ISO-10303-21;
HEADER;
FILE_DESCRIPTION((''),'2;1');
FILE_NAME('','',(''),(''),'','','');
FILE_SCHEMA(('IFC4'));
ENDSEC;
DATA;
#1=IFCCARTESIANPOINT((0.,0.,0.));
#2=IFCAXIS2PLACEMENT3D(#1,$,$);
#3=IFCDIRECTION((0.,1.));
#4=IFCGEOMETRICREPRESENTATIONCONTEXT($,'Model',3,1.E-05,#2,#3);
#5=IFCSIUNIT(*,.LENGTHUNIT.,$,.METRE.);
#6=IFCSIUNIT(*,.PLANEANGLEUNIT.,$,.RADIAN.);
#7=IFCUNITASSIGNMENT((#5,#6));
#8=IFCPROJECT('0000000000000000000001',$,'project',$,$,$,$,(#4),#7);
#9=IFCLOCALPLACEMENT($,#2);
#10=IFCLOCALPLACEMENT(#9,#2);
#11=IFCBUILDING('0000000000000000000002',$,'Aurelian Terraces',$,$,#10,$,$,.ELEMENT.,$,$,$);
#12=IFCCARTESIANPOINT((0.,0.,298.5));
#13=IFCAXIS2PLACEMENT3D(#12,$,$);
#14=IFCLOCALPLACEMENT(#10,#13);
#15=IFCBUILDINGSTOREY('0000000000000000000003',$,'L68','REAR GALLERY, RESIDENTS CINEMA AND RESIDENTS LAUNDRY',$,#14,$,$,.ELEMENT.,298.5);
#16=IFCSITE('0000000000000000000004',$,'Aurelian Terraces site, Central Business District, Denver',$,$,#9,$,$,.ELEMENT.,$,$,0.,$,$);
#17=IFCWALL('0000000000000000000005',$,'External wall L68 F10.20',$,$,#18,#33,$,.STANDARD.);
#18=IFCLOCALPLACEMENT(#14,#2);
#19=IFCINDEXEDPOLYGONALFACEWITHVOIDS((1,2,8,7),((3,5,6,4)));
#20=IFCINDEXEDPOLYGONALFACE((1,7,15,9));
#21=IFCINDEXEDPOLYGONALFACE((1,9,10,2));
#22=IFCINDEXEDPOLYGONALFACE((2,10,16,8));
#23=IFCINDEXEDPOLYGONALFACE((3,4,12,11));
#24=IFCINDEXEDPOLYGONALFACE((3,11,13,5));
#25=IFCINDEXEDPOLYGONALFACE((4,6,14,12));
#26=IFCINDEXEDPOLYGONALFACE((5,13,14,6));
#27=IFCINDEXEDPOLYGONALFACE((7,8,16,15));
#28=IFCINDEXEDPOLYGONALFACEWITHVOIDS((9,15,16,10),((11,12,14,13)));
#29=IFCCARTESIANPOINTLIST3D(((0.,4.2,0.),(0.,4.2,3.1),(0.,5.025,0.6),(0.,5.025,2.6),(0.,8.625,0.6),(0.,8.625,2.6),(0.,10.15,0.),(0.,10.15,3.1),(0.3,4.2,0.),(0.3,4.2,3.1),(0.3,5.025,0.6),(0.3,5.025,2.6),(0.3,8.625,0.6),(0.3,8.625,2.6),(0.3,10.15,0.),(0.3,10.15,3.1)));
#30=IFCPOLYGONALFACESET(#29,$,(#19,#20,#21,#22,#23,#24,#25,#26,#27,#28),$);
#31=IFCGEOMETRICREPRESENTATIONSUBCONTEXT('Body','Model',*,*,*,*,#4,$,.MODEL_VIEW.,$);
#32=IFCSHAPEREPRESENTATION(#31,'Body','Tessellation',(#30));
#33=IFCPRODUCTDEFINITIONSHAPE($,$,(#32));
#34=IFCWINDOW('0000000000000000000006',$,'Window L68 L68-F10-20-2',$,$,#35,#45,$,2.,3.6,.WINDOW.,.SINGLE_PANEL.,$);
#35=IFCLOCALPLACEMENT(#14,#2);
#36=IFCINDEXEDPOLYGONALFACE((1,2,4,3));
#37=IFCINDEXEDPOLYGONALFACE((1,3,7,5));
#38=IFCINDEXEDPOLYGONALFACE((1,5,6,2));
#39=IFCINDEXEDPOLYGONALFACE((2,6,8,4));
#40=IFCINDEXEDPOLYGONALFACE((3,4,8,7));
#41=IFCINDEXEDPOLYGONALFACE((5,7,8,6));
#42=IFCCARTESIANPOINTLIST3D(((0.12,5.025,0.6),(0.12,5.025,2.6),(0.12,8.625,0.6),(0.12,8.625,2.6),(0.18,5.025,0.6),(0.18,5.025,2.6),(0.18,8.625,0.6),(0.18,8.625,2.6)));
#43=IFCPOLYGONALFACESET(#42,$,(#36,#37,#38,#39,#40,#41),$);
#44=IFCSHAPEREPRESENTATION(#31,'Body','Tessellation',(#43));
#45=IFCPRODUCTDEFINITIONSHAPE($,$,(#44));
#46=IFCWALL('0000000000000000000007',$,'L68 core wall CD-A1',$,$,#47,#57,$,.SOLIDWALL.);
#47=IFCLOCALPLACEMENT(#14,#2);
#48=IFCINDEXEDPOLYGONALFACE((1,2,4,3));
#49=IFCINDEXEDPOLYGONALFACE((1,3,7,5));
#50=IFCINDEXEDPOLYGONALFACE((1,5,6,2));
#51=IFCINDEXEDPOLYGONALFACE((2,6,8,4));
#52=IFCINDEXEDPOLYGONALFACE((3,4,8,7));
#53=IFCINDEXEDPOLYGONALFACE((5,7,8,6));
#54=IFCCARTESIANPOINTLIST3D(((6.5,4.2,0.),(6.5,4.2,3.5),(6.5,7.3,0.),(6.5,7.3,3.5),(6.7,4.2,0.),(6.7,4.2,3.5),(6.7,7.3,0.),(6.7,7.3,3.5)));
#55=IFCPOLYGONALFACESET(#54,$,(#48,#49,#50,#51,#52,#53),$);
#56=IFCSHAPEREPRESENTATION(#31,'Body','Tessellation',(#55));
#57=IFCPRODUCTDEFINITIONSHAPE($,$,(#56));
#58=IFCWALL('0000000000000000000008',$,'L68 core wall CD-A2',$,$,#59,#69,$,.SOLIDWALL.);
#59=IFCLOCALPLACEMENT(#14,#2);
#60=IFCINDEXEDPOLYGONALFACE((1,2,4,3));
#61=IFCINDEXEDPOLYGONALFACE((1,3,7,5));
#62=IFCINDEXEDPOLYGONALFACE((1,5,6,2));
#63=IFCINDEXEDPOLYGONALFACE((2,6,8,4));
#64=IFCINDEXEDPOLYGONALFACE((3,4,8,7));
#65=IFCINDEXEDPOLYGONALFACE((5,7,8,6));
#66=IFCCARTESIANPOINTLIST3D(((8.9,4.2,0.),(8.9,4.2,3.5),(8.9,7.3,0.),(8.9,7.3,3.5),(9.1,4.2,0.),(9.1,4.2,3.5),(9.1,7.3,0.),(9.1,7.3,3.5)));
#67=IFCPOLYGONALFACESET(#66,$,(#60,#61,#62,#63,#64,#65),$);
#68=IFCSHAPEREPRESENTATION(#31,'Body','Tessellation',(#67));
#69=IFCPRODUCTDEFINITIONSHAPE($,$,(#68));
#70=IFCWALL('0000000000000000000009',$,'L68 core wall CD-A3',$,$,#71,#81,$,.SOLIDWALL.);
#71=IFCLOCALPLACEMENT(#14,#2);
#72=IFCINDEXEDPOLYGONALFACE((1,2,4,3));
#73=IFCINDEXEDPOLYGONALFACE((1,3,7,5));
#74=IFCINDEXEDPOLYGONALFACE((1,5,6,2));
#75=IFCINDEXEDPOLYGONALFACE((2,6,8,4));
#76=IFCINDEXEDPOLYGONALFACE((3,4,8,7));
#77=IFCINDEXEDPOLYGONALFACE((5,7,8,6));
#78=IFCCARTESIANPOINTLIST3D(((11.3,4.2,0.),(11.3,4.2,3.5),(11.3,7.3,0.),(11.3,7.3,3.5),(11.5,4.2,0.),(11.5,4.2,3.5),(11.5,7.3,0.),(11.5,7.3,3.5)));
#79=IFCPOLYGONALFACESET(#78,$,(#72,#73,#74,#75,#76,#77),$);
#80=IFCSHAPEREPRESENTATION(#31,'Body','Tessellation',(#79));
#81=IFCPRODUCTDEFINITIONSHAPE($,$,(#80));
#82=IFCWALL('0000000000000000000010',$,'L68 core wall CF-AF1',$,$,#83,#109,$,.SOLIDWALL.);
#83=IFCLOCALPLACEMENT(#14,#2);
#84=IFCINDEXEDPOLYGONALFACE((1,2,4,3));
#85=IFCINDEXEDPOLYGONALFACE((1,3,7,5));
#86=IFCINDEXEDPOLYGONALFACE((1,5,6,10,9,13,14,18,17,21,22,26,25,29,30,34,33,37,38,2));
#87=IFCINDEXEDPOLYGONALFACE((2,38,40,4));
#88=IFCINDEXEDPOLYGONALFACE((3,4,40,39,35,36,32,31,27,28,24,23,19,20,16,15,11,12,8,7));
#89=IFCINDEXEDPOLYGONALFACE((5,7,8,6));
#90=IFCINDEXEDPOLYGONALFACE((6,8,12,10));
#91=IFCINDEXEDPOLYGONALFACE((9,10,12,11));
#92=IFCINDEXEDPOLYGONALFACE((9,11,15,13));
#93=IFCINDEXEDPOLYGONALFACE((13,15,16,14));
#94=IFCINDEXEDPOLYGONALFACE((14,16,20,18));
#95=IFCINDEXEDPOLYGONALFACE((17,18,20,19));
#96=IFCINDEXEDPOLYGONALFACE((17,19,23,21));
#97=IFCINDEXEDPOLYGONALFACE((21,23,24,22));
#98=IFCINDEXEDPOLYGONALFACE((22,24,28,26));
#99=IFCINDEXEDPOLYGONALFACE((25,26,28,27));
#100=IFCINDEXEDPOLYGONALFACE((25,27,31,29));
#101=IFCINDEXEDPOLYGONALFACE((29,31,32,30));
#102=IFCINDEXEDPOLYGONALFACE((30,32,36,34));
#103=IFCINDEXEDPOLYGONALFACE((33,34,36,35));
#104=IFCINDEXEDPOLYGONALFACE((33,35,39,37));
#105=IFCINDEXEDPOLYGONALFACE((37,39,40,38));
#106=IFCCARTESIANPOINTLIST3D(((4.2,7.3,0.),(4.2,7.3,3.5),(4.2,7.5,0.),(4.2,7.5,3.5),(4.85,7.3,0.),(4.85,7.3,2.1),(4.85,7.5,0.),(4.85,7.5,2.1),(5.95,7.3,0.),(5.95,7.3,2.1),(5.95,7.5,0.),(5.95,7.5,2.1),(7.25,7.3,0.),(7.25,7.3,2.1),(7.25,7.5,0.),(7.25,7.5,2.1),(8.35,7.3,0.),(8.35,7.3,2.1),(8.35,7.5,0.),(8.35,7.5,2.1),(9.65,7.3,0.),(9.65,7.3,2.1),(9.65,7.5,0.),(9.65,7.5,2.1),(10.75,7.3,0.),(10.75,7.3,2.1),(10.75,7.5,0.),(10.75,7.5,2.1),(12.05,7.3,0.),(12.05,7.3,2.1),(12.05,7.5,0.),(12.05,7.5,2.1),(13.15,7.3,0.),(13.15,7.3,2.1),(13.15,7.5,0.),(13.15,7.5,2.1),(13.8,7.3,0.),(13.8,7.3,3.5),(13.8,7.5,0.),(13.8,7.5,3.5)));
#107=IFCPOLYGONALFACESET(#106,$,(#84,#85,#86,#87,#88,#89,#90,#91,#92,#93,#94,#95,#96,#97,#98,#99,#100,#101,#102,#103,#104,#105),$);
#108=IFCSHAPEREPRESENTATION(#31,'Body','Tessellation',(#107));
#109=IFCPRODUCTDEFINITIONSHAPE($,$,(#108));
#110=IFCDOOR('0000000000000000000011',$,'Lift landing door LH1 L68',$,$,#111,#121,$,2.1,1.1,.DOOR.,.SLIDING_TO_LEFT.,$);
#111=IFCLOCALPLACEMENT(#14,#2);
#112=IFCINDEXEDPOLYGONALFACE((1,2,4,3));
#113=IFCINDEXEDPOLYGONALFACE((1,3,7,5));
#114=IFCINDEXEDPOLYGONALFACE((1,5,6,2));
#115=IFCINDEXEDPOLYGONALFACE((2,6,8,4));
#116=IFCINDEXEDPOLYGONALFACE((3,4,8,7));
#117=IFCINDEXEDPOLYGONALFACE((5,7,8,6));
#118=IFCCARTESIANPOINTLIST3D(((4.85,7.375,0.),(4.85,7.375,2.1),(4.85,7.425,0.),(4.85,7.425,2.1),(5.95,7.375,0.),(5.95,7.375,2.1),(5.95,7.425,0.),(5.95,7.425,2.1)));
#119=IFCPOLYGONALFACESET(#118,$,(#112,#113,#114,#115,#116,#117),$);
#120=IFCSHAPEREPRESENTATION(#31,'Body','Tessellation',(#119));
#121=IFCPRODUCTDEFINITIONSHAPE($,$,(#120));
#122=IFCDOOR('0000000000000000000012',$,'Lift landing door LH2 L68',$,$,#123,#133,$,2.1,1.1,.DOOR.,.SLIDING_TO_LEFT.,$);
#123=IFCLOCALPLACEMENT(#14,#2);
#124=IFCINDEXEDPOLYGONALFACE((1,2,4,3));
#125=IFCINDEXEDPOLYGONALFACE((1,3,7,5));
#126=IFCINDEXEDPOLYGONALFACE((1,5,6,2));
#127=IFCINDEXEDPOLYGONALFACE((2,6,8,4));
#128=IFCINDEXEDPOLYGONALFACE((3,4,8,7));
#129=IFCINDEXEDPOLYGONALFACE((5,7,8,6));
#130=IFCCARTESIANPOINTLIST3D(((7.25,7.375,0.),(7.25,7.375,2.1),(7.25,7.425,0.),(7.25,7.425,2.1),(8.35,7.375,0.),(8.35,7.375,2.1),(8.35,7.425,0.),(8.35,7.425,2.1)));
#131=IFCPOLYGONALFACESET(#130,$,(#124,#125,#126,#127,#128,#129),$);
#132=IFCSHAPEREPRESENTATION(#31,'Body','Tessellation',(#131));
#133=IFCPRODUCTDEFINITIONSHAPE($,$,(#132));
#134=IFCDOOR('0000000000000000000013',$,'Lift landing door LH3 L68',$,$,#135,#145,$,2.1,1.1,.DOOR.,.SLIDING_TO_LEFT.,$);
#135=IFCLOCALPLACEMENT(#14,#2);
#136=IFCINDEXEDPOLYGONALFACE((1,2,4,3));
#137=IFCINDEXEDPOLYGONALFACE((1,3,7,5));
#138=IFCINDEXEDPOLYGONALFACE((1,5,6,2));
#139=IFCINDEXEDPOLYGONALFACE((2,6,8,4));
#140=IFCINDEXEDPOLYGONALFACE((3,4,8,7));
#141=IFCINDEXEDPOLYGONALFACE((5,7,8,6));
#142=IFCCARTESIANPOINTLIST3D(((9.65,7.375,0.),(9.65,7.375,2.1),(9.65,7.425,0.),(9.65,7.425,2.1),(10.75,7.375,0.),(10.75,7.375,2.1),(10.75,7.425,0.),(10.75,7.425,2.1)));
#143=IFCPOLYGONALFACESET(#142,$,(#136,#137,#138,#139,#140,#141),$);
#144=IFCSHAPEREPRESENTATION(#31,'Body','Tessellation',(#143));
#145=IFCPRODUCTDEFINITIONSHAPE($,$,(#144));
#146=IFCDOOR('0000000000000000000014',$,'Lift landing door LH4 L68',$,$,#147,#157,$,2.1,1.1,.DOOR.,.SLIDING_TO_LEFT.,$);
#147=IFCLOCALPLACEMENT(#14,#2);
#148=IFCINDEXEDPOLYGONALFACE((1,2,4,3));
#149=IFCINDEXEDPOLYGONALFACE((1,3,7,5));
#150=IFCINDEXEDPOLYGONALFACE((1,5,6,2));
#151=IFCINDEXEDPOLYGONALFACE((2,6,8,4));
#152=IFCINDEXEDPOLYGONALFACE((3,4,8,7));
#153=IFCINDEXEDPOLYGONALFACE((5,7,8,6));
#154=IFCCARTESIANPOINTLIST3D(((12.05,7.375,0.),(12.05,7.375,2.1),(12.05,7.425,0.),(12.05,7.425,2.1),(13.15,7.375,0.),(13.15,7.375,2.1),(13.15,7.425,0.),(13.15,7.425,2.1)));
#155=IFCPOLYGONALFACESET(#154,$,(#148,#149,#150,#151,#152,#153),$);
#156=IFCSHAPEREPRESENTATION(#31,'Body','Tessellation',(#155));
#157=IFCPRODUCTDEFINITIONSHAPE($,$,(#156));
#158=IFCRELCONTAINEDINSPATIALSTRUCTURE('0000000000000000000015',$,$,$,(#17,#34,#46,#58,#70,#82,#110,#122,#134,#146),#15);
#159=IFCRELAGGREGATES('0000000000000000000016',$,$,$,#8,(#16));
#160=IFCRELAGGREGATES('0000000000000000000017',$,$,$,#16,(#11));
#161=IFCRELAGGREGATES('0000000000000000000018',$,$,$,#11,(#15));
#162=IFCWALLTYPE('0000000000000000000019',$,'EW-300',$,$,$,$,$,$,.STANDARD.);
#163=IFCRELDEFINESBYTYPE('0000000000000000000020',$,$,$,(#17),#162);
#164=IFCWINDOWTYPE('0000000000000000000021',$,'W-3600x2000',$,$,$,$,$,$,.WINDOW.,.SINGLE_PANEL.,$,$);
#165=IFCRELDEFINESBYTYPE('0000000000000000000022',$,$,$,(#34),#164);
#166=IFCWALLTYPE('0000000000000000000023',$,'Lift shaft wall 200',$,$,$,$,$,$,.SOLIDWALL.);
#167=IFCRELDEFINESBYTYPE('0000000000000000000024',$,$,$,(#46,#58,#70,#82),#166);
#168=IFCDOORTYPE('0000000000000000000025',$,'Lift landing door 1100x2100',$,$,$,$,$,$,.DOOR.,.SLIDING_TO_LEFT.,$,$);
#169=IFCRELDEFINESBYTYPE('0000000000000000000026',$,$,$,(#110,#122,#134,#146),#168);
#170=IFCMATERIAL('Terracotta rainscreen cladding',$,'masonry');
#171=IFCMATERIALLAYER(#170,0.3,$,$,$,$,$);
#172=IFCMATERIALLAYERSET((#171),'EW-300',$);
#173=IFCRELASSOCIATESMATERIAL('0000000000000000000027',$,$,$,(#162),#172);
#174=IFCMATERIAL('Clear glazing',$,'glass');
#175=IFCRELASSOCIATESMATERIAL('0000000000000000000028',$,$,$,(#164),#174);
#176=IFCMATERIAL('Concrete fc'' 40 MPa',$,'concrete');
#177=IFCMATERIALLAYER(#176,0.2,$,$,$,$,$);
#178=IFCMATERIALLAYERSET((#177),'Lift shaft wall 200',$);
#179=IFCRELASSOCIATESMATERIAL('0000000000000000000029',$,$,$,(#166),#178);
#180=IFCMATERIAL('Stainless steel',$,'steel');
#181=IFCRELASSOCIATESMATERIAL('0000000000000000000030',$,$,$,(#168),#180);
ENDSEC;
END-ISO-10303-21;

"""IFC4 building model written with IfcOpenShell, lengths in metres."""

from ifc_helpers import new_model, si_unit, direction, frame, frame_2d, origin, place, context, subcontext, project, spatial, rectangle, extrude, source, transform, mapped, material, layer, layer_set, type_object, element, fill, save


model = new_model("IFC4")

# Units and contexts
model_context = context("Model", 3, precision=1e-05, world=origin(), true_north=direction((0.0, 1.0)))
body_context = subcontext(model_context, "Body", "Model", "MODEL_VIEW")
ifc_project = project(units=[si_unit("LENGTHUNIT", "METRE"), si_unit("PLANEANGLEUNIT", "RADIAN")], contexts=[model_context])

# Site, building, storey
site_placement = place(None, origin())
site = spatial("IfcSite", under=ifc_project, at=site_placement, Name="Aurelian Terraces site, Central Business District, Denver", CompositionType="ELEMENT", RefElevation=0.0)
building_placement = place(site_placement, origin())
building = spatial("IfcBuilding", under=site, at=building_placement, Name="Aurelian Terraces", CompositionType="ELEMENT")
storey_placement = place(building_placement, frame((0.0, 0.0, 298.5)))
storey = spatial("IfcBuildingStorey", under=building, at=storey_placement, Name="L68", Description="REAR GALLERY, RESIDENTS CINEMA AND RESIDENTS LAUNDRY", CompositionType="ELEMENT", Elevation=298.5)

# Wall, opening, window
ifc_material_1 = material(Name="Terracotta rainscreen cladding", Category="masonry")
ifc_layer_1 = layer(ifc_material_1, 0.3)
ifc_layer_set_1 = layer_set([ifc_layer_1], Name="EW-300")
wall_type_1 = type_object("IfcWallType", Name="EW-300", PredefinedType="STANDARD", material=ifc_layer_set_1)
ifc_material_2 = material(Name="Clear glazing", Category="glass")
shared_shape_1 = source(origin(), body_context, "Body", "SweptSolid", [
    extrude(rectangle(XDim=5.95, YDim=0.3, at=frame_2d((2.975, 0.0))), origin(), (0.0, 0.0, 1.0), 3.1),
])
wall_1_placement = place(storey_placement, frame((0.15, 10.15, 0.0), z_axis=(0.0, 0.0, 1.0), x_axis=(0.0, -1.0, 0.0)))
wall_1 = element("IfcWall", 1, at=wall_1_placement, inside=storey, type_object=wall_type_1, Name="External wall L68 F10.20", PredefinedType="STANDARD", context=body_context, shape_type="MappedRepresentation", body=[
    mapped(shared_shape_1, transform((0.0, 0.0, 0.0), scale=1.0)),
])
shared_shape_2 = source(origin(), body_context, "Body", "SweptSolid", [
    extrude(rectangle(XDim=3.6, YDim=2.0, at=frame_2d((1.8, 1.0))), frame((0.0, 0.16, 0.0), z_axis=(0.0, -1.0, 0.0), x_axis=(1.0, 0.0, 0.0)), (0.0, 0.0, 1.0), 0.32),
])
opening_1_placement = place(wall_1_placement, frame((1.525, 0.0, 0.6)))
opening_1 = element("IfcOpeningElement", 2, at=opening_1_placement, cuts=wall_1, PredefinedType="OPENING", context=body_context, shape_type="MappedRepresentation", body=[
    mapped(shared_shape_2, transform((0.0, 0.0, 0.0), scale=1.0)),
])
window_type_1 = type_object("IfcWindowType", Name="W-3600x2000", PartitioningType="SINGLE_PANEL", PredefinedType="WINDOW", material=ifc_material_2)
shared_shape_3 = source(origin(), body_context, "Body", "SweptSolid", [
    extrude(rectangle(XDim=3.6, YDim=2.0, at=frame_2d((1.8, 1.0))), frame((0.0, 0.03, 0.0), z_axis=(0.0, -1.0, 0.0), x_axis=(1.0, 0.0, 0.0)), (0.0, 0.0, 1.0), 0.06),
])
window_1_placement = place(opening_1_placement, origin())
window_1 = element("IfcWindow", 3, at=window_1_placement, inside=storey, type_object=window_type_1, Name="Window L68 L68-F10-20-2", OverallHeight=2.0, OverallWidth=3.6, PartitioningType="SINGLE_PANEL", PredefinedType="WINDOW", context=body_context, shape_type="MappedRepresentation", body=[
    mapped(shared_shape_3, transform((0.0, 0.0, 0.0), scale=1.0)),
])
fill(opening_1, window_1)

# Walls
ifc_material_3 = material(Name="Concrete fc' 40 MPa", Category="concrete")
ifc_layer_2 = layer(ifc_material_3, 0.2)
ifc_layer_set_2 = layer_set([ifc_layer_2], Name="Lift shaft wall 200")
wall_type_2 = type_object("IfcWallType", Name="Lift shaft wall 200", PredefinedType="SOLIDWALL", material=ifc_layer_set_2)
shared_shape_4 = source(origin(), body_context, "Body", "SweptSolid", [
    extrude(rectangle(XDim=3.1, YDim=0.2, at=frame_2d((1.55, 0.0))), origin(), (0.0, 0.0, 1.0), 3.5),
])
for number, where, z_axis, x_axis, name in (
    (4, (6.6, 4.2, 0.0), (0.0, 0.0, 1.0), (0.0, 1.0, 0.0), "L68 core wall CD-A1"),
    (5, (9.0, 4.2, 0.0), (0.0, 0.0, 1.0), (0.0, 1.0, 0.0), "L68 core wall CD-A2"),
    (6, (11.4, 4.2, 0.0), (0.0, 0.0, 1.0), (0.0, 1.0, 0.0), "L68 core wall CD-A3"),
):
    element("IfcWall", number, at=place(storey_placement, frame(where, z_axis=z_axis, x_axis=x_axis)), inside=storey, type_object=wall_type_2, Name=name, PredefinedType="SOLIDWALL", context=body_context, shape_type="MappedRepresentation", body=[
        mapped(shared_shape_4, transform((0.0, 0.0, 0.0), scale=1.0)),
    ])

# Wall, openings, doors
shared_shape_5 = source(origin(), body_context, "Body", "SweptSolid", [
    extrude(rectangle(XDim=9.6, YDim=0.2, at=frame_2d((4.8, 0.0))), origin(), (0.0, 0.0, 1.0), 3.5),
])
wall_2_placement = place(storey_placement, frame((4.2, 7.4, 0.0), z_axis=(0.0, 0.0, 1.0), x_axis=(1.0, 0.0, 0.0)))
wall_2 = element("IfcWall", 7, at=wall_2_placement, inside=storey, type_object=wall_type_2, Name="L68 core wall CF-AF1", PredefinedType="SOLIDWALL", context=body_context, shape_type="MappedRepresentation", body=[
    mapped(shared_shape_5, transform((0.0, 0.0, 0.0), scale=1.0)),
])
shared_shape_6 = source(origin(), body_context, "Body", "SweptSolid", [
    extrude(rectangle(XDim=1.1, YDim=2.1, at=frame_2d((0.55, 1.05))), frame((0.0, 0.11, 0.0), z_axis=(0.0, -1.0, 0.0), x_axis=(1.0, 0.0, 0.0)), (0.0, 0.0, 1.0), 0.22),
])
opening_2_placement = place(wall_2_placement, frame((0.65, 0.0, 0.0)))
opening_2 = element("IfcOpeningElement", 8, at=opening_2_placement, cuts=wall_2, PredefinedType="OPENING", context=body_context, shape_type="MappedRepresentation", body=[
    mapped(shared_shape_6, transform((0.0, 0.0, 0.0), scale=1.0)),
])
opening_3_placement = place(wall_2_placement, frame((3.05, 0.0, 0.0)))
opening_3 = element("IfcOpeningElement", 9, at=opening_3_placement, cuts=wall_2, PredefinedType="OPENING", context=body_context, shape_type="MappedRepresentation", body=[
    mapped(shared_shape_6, transform((0.0, 0.0, 0.0), scale=1.0)),
])
opening_4_placement = place(wall_2_placement, frame((5.45, 0.0, 0.0)))
opening_4 = element("IfcOpeningElement", 10, at=opening_4_placement, cuts=wall_2, PredefinedType="OPENING", context=body_context, shape_type="MappedRepresentation", body=[
    mapped(shared_shape_6, transform((0.0, 0.0, 0.0), scale=1.0)),
])
opening_5_placement = place(wall_2_placement, frame((7.85, 0.0, 0.0)))
opening_5 = element("IfcOpeningElement", 11, at=opening_5_placement, cuts=wall_2, PredefinedType="OPENING", context=body_context, shape_type="MappedRepresentation", body=[
    mapped(shared_shape_6, transform((0.0, 0.0, 0.0), scale=1.0)),
])
ifc_material_4 = material(Name="Stainless steel", Category="steel")
door_type_1 = type_object("IfcDoorType", Name="Lift landing door 1100x2100", OperationType="SLIDING_TO_LEFT", PredefinedType="DOOR", material=ifc_material_4)
shared_shape_7 = source(origin(), body_context, "Body", "SweptSolid", [
    extrude(rectangle(XDim=1.1, YDim=2.1, at=frame_2d((0.55, 1.05))), frame((0.0, 0.025, 0.0), z_axis=(0.0, -1.0, 0.0), x_axis=(1.0, 0.0, 0.0)), (0.0, 0.0, 1.0), 0.05),
])
door_1_placement = place(opening_2_placement, origin())
door_1 = element("IfcDoor", 12, at=door_1_placement, inside=storey, type_object=door_type_1, Name="Lift landing door LH1 L68", OperationType="SLIDING_TO_LEFT", OverallHeight=2.1, OverallWidth=1.1, PredefinedType="DOOR", context=body_context, shape_type="MappedRepresentation", body=[
    mapped(shared_shape_7, transform((0.0, 0.0, 0.0), scale=1.0)),
])
fill(opening_2, door_1)
door_2_placement = place(opening_3_placement, origin())
door_2 = element("IfcDoor", 13, at=door_2_placement, inside=storey, type_object=door_type_1, Name="Lift landing door LH2 L68", OperationType="SLIDING_TO_LEFT", OverallHeight=2.1, OverallWidth=1.1, PredefinedType="DOOR", context=body_context, shape_type="MappedRepresentation", body=[
    mapped(shared_shape_7, transform((0.0, 0.0, 0.0), scale=1.0)),
])
fill(opening_3, door_2)
door_3_placement = place(opening_4_placement, origin())
door_3 = element("IfcDoor", 14, at=door_3_placement, inside=storey, type_object=door_type_1, Name="Lift landing door LH3 L68", OperationType="SLIDING_TO_LEFT", OverallHeight=2.1, OverallWidth=1.1, PredefinedType="DOOR", context=body_context, shape_type="MappedRepresentation", body=[
    mapped(shared_shape_7, transform((0.0, 0.0, 0.0), scale=1.0)),
])
fill(opening_4, door_3)
door_4_placement = place(opening_5_placement, origin())
door_4 = element("IfcDoor", 15, at=door_4_placement, inside=storey, type_object=door_type_1, Name="Lift landing door LH4 L68", OperationType="SLIDING_TO_LEFT", OverallHeight=2.1, OverallWidth=1.1, PredefinedType="DOOR", context=body_context, shape_type="MappedRepresentation", body=[
    mapped(shared_shape_7, transform((0.0, 0.0, 0.0), scale=1.0)),
])
fill(opening_5, door_4)

save(model, "model.ifc")
